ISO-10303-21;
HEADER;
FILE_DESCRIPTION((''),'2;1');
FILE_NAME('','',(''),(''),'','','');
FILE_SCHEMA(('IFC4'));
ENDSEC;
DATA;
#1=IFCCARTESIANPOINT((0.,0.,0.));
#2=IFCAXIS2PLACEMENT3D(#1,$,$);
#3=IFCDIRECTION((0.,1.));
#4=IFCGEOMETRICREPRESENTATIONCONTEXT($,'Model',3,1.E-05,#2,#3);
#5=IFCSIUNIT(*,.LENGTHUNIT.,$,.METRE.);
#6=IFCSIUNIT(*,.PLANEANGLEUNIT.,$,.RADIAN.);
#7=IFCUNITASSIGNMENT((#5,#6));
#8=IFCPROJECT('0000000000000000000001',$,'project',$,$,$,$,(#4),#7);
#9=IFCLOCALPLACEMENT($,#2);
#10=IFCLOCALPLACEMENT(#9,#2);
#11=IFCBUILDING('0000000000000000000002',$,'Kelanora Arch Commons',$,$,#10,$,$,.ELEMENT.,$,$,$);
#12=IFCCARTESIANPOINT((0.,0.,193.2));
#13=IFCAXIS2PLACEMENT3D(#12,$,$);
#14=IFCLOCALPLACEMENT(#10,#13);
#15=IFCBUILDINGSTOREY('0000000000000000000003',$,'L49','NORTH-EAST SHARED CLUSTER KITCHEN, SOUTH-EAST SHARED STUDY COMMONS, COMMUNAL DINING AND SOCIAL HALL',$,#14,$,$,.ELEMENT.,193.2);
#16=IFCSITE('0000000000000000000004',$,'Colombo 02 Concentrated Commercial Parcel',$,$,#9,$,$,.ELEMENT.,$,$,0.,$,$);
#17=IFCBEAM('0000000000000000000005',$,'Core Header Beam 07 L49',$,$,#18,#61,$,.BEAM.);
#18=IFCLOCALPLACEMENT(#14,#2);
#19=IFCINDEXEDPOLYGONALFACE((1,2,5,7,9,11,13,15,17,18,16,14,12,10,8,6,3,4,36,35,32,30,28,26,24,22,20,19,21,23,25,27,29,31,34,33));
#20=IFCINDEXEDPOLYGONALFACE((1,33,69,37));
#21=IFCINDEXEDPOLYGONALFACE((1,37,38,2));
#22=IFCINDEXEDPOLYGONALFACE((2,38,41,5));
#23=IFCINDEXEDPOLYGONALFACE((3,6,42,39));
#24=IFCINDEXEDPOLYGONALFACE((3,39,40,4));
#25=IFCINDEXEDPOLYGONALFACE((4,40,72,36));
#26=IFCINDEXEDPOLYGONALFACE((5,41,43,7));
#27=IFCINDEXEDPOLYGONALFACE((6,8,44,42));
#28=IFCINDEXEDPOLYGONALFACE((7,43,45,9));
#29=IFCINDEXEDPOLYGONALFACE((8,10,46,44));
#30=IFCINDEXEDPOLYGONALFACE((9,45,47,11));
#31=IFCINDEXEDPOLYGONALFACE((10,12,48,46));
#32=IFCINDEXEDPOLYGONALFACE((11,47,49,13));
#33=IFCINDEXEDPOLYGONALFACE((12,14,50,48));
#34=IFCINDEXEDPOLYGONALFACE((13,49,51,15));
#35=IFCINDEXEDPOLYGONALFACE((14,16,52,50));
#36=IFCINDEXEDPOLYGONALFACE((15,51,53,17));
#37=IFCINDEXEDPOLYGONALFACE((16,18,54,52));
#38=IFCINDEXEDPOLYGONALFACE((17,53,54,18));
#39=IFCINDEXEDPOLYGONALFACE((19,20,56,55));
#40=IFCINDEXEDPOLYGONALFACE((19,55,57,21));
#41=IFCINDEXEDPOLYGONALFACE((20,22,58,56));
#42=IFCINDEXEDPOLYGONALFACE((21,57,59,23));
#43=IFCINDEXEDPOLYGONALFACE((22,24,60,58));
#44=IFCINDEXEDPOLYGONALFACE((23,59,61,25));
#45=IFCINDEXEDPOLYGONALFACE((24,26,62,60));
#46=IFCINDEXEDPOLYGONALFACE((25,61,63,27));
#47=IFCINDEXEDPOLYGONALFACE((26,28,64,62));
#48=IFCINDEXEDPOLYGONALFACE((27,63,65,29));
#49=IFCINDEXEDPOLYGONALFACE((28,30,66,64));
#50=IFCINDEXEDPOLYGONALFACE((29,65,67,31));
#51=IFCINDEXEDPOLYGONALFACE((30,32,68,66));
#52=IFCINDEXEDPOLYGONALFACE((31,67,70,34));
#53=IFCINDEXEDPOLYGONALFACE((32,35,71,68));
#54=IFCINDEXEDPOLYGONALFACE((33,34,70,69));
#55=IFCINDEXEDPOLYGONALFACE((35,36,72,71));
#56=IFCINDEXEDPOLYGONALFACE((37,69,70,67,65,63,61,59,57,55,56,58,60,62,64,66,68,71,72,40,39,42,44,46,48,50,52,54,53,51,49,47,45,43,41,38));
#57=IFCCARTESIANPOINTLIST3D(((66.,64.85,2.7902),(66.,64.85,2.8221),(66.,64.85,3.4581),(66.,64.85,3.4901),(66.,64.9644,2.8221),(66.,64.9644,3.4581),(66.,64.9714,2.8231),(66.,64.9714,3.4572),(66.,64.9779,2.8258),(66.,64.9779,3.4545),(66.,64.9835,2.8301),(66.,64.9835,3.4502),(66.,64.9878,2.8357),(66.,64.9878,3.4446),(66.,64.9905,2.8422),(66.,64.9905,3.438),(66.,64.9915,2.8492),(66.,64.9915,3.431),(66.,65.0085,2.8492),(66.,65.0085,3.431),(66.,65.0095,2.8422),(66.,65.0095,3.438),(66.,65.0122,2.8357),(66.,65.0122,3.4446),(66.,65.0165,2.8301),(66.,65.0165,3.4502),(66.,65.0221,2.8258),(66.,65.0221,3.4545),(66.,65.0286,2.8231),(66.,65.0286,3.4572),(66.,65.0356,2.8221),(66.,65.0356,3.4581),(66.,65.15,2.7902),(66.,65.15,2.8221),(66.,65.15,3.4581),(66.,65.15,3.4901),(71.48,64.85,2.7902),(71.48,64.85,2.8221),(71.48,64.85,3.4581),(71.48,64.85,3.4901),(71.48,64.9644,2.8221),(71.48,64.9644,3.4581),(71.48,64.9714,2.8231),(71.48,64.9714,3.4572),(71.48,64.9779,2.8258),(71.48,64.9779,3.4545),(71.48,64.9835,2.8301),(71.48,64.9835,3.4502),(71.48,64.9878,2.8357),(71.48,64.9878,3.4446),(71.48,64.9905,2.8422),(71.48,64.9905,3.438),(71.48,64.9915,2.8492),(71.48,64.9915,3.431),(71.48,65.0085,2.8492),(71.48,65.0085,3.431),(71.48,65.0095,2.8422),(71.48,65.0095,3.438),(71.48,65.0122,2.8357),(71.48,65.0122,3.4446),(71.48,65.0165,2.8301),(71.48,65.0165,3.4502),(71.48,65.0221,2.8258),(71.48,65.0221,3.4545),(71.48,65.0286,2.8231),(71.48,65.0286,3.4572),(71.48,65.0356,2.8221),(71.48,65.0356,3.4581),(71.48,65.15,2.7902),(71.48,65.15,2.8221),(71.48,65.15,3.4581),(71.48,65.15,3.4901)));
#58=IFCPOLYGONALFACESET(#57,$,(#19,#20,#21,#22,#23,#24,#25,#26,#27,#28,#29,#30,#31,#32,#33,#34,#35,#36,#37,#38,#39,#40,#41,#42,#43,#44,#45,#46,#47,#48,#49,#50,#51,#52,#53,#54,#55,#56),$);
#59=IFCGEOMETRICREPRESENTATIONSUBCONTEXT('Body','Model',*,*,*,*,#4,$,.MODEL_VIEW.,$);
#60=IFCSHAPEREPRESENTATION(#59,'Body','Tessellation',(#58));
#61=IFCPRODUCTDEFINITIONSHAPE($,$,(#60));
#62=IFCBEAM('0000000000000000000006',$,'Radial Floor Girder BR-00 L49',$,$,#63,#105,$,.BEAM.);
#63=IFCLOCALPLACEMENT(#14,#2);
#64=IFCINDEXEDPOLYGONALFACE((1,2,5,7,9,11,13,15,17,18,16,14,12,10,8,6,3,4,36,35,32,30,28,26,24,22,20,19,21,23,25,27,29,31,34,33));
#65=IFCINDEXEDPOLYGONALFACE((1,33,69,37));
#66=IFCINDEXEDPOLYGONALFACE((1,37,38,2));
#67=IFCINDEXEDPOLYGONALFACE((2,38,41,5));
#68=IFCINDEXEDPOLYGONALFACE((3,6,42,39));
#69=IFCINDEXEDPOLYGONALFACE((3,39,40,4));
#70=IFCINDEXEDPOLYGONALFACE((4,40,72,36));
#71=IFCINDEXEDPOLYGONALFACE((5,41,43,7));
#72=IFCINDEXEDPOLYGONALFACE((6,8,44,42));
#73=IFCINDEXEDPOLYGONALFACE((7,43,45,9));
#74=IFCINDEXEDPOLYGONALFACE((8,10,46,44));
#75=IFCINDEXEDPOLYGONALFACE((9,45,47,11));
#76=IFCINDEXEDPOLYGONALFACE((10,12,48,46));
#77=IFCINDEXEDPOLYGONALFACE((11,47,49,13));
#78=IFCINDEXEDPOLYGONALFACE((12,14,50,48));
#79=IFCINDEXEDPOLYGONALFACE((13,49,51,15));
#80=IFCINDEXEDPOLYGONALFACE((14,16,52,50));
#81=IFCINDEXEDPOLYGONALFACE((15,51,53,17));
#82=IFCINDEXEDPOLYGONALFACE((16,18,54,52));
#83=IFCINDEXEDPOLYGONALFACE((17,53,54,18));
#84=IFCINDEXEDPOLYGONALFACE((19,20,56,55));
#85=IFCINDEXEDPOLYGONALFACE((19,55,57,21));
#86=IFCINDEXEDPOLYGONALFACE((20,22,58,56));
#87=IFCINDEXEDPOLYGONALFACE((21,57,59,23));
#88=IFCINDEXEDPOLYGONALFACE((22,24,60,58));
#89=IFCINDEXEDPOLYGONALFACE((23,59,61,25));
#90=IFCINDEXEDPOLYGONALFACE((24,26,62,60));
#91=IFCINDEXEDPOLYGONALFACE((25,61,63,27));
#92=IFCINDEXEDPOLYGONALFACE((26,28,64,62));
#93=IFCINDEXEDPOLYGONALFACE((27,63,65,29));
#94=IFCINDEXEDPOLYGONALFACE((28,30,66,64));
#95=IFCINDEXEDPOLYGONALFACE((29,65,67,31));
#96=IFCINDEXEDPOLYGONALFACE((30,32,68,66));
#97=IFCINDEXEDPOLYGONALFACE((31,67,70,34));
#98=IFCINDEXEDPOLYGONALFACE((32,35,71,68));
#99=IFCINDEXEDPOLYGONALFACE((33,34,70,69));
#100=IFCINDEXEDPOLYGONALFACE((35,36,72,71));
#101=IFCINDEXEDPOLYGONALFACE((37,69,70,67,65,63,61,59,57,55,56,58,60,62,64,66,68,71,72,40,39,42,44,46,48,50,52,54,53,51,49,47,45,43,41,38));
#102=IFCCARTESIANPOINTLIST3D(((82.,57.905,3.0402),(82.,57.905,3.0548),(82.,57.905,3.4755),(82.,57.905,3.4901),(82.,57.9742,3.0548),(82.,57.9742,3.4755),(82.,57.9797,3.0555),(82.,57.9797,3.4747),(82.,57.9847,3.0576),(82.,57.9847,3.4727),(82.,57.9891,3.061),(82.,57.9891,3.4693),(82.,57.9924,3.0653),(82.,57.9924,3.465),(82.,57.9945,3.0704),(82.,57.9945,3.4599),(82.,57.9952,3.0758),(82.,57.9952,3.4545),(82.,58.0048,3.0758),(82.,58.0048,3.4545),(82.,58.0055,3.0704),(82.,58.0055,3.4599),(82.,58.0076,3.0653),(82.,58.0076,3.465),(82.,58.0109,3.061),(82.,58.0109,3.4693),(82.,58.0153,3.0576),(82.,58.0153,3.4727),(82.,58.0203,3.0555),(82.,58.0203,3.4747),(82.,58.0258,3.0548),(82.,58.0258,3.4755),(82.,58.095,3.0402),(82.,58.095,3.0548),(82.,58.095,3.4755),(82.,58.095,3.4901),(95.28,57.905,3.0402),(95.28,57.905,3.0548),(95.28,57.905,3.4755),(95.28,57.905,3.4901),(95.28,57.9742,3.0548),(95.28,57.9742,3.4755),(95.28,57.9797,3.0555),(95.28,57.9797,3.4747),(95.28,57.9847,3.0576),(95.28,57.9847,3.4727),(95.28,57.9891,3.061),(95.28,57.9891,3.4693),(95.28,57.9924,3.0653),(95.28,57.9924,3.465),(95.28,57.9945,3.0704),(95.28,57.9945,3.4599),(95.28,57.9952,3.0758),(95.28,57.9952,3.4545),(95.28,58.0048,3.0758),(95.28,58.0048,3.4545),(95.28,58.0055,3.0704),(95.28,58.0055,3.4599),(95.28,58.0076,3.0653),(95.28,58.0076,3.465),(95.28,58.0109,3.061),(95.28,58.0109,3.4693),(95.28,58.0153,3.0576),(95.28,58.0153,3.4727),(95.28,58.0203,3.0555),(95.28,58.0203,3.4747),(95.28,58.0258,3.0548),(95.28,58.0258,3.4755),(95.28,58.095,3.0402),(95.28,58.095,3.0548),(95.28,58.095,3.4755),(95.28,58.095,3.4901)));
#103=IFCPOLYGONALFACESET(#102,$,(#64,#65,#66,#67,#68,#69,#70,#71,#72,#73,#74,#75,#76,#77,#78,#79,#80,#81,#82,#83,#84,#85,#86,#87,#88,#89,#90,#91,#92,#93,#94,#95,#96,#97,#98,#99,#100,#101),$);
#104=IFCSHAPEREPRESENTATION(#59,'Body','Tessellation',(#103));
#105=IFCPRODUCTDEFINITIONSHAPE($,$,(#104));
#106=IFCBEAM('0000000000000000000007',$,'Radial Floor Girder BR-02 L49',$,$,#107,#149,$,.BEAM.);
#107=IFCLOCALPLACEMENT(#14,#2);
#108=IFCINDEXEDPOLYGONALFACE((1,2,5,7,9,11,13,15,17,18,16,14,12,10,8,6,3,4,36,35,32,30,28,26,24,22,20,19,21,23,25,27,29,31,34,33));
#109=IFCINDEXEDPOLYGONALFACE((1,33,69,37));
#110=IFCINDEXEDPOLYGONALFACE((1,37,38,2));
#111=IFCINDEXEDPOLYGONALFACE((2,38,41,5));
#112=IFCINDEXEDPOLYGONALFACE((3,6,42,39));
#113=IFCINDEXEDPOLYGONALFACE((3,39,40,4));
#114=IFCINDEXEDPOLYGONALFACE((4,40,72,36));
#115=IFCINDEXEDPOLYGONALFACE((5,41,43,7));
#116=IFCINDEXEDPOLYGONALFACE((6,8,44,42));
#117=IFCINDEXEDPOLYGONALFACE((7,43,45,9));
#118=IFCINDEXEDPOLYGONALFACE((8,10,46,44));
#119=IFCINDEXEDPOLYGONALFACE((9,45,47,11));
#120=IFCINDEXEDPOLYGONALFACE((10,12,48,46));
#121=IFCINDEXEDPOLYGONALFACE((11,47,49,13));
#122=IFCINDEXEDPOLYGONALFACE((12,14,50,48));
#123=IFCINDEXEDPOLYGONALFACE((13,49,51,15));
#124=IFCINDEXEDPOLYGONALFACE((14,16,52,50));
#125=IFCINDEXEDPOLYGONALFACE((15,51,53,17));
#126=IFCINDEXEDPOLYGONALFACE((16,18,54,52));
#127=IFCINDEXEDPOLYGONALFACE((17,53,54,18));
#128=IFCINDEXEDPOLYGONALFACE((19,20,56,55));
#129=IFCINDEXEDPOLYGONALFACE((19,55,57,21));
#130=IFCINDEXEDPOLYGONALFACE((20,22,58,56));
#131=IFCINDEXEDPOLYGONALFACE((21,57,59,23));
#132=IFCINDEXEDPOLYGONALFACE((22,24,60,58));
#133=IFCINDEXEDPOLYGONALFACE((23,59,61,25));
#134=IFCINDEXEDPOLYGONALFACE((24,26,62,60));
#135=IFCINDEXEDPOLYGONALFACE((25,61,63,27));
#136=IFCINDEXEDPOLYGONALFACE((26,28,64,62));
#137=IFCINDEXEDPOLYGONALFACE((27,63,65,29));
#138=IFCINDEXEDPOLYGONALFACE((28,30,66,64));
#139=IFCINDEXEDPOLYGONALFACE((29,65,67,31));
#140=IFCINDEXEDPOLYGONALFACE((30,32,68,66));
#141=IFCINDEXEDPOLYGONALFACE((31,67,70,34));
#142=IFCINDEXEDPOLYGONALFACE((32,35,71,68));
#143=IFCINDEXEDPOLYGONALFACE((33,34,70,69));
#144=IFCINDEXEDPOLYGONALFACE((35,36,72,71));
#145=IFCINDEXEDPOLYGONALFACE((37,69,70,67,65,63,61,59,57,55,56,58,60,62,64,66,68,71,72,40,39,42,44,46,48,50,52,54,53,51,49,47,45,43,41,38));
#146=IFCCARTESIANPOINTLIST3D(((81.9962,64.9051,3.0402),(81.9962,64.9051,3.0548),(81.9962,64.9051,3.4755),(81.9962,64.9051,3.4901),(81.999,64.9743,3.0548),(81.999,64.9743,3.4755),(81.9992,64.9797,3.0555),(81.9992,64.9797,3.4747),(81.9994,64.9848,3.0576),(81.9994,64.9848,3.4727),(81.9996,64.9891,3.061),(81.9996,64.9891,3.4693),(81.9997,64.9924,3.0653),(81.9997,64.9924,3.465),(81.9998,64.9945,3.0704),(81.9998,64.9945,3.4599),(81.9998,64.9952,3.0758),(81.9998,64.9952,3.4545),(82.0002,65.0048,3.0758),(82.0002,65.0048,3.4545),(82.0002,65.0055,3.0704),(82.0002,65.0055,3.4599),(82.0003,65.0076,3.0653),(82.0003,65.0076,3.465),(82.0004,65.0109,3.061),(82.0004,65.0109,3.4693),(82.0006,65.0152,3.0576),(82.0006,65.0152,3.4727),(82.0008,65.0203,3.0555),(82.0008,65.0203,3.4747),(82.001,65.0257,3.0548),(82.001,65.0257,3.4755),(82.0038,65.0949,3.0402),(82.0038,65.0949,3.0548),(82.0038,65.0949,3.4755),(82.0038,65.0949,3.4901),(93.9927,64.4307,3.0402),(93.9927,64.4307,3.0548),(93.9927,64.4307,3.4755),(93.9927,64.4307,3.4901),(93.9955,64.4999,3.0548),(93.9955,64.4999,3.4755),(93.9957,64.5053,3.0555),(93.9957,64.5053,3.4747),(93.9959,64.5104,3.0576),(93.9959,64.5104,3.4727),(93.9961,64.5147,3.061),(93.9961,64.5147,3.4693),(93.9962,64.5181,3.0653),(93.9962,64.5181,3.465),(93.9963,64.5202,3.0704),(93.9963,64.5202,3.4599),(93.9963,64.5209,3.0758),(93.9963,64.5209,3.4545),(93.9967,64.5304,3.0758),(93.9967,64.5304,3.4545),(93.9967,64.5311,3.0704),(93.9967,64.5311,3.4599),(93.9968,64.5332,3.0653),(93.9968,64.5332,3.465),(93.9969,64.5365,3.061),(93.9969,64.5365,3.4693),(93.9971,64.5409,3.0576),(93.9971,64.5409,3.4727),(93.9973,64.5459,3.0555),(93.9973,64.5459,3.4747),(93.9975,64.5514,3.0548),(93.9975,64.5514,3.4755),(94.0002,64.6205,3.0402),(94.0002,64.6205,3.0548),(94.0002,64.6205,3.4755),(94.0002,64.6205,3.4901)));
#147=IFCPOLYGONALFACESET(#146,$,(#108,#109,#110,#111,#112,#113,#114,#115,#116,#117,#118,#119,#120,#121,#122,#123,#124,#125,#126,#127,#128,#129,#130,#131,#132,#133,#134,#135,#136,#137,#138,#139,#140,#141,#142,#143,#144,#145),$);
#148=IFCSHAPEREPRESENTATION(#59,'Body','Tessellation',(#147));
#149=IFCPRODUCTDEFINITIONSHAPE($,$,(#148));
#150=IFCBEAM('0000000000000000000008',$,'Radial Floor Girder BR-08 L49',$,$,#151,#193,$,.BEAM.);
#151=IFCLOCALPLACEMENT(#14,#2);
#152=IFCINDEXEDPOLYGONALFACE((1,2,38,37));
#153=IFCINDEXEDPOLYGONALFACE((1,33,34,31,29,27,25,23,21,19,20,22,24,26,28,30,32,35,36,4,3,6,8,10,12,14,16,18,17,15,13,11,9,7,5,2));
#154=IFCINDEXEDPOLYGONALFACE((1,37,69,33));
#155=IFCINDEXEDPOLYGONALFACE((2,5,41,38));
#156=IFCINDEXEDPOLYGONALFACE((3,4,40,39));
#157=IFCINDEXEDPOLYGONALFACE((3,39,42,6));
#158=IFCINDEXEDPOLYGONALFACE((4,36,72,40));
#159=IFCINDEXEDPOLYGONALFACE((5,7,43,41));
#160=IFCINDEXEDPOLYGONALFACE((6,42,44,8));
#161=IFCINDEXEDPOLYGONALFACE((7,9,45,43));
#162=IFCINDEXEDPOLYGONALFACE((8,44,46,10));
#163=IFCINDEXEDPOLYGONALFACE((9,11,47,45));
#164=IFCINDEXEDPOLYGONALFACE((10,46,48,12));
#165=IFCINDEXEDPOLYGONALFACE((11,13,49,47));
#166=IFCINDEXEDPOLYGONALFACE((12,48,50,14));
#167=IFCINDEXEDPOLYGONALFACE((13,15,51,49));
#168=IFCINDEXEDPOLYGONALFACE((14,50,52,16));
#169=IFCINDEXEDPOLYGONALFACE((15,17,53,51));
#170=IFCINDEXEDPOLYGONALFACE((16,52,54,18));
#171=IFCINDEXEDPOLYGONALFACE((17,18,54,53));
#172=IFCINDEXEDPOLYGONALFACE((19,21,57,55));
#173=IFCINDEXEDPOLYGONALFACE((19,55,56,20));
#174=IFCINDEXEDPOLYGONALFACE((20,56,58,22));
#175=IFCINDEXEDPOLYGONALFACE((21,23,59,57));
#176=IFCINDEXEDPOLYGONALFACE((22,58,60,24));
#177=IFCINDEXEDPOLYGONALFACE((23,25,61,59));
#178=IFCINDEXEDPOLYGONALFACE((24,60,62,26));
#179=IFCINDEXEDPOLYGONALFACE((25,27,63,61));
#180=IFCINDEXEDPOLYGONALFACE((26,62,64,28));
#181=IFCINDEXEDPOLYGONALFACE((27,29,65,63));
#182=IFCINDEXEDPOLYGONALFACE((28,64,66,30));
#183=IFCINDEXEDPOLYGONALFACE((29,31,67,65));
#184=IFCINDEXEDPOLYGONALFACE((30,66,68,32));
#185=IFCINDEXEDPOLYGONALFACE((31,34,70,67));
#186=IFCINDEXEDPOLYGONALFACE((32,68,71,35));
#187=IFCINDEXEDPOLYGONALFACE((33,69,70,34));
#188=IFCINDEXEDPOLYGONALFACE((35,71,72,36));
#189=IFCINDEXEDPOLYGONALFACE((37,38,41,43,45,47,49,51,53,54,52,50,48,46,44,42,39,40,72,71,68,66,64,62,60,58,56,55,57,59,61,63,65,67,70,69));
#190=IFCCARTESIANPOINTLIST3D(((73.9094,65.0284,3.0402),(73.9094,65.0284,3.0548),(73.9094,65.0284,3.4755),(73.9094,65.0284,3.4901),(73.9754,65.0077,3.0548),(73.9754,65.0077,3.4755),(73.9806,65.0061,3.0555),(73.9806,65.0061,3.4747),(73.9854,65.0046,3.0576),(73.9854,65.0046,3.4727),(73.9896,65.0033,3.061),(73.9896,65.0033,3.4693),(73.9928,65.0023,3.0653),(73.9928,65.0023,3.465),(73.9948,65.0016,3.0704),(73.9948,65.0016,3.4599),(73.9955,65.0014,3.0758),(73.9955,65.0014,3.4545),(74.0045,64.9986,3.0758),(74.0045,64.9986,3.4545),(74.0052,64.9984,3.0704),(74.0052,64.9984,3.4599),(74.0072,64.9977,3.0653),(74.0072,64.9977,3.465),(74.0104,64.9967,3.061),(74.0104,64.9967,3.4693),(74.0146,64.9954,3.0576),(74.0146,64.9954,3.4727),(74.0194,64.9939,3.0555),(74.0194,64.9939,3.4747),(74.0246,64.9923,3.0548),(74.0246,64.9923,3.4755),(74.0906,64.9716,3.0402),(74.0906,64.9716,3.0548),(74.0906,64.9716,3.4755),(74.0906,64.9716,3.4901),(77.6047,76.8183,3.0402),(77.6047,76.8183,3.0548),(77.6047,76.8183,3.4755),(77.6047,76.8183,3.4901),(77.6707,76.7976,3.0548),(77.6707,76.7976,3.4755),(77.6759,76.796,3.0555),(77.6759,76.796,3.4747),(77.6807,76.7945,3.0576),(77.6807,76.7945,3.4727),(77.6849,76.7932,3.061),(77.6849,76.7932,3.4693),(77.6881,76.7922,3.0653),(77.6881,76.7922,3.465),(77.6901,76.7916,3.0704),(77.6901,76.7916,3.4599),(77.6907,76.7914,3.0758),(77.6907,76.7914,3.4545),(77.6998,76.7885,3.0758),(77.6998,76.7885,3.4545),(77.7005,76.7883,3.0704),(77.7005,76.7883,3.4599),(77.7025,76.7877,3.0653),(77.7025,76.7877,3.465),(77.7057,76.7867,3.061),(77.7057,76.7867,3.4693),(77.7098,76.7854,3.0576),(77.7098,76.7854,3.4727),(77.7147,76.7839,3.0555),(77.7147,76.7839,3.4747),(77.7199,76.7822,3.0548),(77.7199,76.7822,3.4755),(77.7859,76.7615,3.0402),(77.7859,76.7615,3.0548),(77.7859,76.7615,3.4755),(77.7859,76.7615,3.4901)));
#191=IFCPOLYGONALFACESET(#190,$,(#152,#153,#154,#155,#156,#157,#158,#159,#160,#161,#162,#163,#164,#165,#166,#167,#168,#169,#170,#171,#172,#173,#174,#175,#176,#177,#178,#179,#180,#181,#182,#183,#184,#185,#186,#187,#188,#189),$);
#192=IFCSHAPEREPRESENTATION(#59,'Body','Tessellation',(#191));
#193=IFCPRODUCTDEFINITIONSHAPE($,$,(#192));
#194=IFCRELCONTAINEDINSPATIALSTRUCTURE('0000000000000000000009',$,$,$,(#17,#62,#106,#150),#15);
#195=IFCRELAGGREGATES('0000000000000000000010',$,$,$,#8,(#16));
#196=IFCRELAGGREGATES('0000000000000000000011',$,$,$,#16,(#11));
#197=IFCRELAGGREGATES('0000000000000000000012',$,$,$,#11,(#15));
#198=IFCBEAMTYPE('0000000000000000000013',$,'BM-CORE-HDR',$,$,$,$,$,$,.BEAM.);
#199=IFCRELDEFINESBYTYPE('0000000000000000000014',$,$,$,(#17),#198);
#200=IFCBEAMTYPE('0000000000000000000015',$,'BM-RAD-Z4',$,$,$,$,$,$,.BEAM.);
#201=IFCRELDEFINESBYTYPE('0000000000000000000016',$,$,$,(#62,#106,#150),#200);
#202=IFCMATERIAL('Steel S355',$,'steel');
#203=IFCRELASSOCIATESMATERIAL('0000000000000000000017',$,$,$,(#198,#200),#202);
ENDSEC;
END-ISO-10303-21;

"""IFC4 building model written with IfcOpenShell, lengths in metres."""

from ifc_helpers import new_model, si_unit, direction, frame, origin, origin_2d, place, context, subcontext, project, spatial, i_section, extrude, material, material_profile, profile_set, type_object, element, save


model = new_model("IFC4")

# Units and contexts
model_context = context("Model", 3, precision=1e-05, world=origin(), true_north=direction((0.0, 1.0)))
body_context = subcontext(model_context, "Body", "Model", "MODEL_VIEW")
ifc_project = project(units=[si_unit("LENGTHUNIT", "METRE"), si_unit("PLANEANGLEUNIT", "RADIAN")], contexts=[model_context])

# Site, building, storey
site_placement = place(None, origin())
site = spatial("IfcSite", under=ifc_project, at=site_placement, Name="Colombo 02 Concentrated Commercial Parcel", CompositionType="ELEMENT", RefElevation=0.0)
building_placement = place(site_placement, origin())
building = spatial("IfcBuilding", under=site, at=building_placement, Name="Kelanora Arch Commons", CompositionType="ELEMENT")
storey_placement = place(building_placement, frame((0.0, 0.0, 193.2)))
storey = spatial("IfcBuildingStorey", under=building, at=storey_placement, Name="L49", Description="NORTH-EAST SHARED CLUSTER KITCHEN, SOUTH-EAST SHARED STUDY COMMONS, COMMUNAL DINING AND SOCIAL HALL", CompositionType="ELEMENT", Elevation=193.2)

# Beams
ifc_material_1 = material(Name="Steel S355", Category="steel")
ifc_material_profile_1 = material_profile(ifc_material_1, i_section(OverallWidth=0.3, OverallDepth=0.7, WebThickness=0.0171, FlangeThickness=0.032, FilletRadius=0.0271, at=origin_2d()), Name="HEB700")
ifc_profile_set_1 = profile_set([ifc_material_profile_1], Name="Steel S355")
beam_type_1 = type_object("IfcBeamType", Name="BM-CORE-HDR", PredefinedType="BEAM", material=ifc_profile_set_1)
beam_1_placement = place(storey_placement, frame((71.48, 65.0, 3.1401), z_axis=(-1.0, 0.0, 0.0), x_axis=(0.0, -1.0, 0.0)))
element("IfcBeam", 1, at=beam_1_placement, inside=storey, type_object=beam_type_1, Name="Core Header Beam 07 L49", PredefinedType="BEAM", context=body_context, shape_type="SweptSolid", body=[
    extrude(i_section(OverallWidth=0.3, OverallDepth=0.7, WebThickness=0.0171, FlangeThickness=0.032, FilletRadius=0.0271, at=origin_2d()), origin(), (0.0, 0.0, 1.0), 5.48),
])
ifc_material_profile_2 = material_profile(ifc_material_1, i_section(OverallWidth=0.1899, OverallDepth=0.45, WebThickness=0.0095, FlangeThickness=0.0146, FilletRadius=0.021, at=origin_2d()), Name="IPE450")
ifc_profile_set_2 = profile_set([ifc_material_profile_2], Name="Steel S355")
beam_type_2 = type_object("IfcBeamType", Name="BM-RAD-Z4", PredefinedType="BEAM", material=ifc_profile_set_2)
beam_2_placement = place(storey_placement, frame((82.0, 58.0, 3.2651), z_axis=(1.0, 0.0, 0.0), x_axis=(0.0, 1.0, 0.0)))
element("IfcBeam", 2, at=beam_2_placement, inside=storey, type_object=beam_type_2, Name="Radial Floor Girder BR-00 L49", PredefinedType="BEAM", context=body_context, shape_type="SweptSolid", body=[
    extrude(i_section(OverallWidth=0.1899, OverallDepth=0.45, WebThickness=0.0095, FlangeThickness=0.0146, FilletRadius=0.021, at=origin_2d()), origin(), (0.0, 0.0, 1.0), 13.28),
])
beam_3_placement = place(storey_placement, frame((82.0, 65.0, 3.2651), z_axis=(0.999219, -0.039511, 0.0), x_axis=(0.039511, 0.999219, 0.0)))
element("IfcBeam", 3, at=beam_3_placement, inside=storey, type_object=beam_type_2, Name="Radial Floor Girder BR-02 L49", PredefinedType="BEAM", context=body_context, shape_type="SweptSolid", body=[
    extrude(i_section(OverallWidth=0.1899, OverallDepth=0.45, WebThickness=0.0095, FlangeThickness=0.0146, FilletRadius=0.021, at=origin_2d()), origin(), (0.0, 0.0, 1.0), 12.0059),
])
beam_4_placement = place(storey_placement, frame((74.0, 65.0, 3.2651), z_axis=(0.29908, 0.954228, 0.0), x_axis=(-0.954228, 0.29908, 0.0)))
element("IfcBeam", 4, at=beam_4_placement, inside=storey, type_object=beam_type_2, Name="Radial Floor Girder BR-08 L49", PredefinedType="BEAM", context=body_context, shape_type="SweptSolid", body=[
    extrude(i_section(OverallWidth=0.1899, OverallDepth=0.45, WebThickness=0.0095, FlangeThickness=0.0146, FilletRadius=0.021, at=origin_2d()), origin(), (0.0, 0.0, 1.0), 12.3555),
])

save(model, "model.ifc")
